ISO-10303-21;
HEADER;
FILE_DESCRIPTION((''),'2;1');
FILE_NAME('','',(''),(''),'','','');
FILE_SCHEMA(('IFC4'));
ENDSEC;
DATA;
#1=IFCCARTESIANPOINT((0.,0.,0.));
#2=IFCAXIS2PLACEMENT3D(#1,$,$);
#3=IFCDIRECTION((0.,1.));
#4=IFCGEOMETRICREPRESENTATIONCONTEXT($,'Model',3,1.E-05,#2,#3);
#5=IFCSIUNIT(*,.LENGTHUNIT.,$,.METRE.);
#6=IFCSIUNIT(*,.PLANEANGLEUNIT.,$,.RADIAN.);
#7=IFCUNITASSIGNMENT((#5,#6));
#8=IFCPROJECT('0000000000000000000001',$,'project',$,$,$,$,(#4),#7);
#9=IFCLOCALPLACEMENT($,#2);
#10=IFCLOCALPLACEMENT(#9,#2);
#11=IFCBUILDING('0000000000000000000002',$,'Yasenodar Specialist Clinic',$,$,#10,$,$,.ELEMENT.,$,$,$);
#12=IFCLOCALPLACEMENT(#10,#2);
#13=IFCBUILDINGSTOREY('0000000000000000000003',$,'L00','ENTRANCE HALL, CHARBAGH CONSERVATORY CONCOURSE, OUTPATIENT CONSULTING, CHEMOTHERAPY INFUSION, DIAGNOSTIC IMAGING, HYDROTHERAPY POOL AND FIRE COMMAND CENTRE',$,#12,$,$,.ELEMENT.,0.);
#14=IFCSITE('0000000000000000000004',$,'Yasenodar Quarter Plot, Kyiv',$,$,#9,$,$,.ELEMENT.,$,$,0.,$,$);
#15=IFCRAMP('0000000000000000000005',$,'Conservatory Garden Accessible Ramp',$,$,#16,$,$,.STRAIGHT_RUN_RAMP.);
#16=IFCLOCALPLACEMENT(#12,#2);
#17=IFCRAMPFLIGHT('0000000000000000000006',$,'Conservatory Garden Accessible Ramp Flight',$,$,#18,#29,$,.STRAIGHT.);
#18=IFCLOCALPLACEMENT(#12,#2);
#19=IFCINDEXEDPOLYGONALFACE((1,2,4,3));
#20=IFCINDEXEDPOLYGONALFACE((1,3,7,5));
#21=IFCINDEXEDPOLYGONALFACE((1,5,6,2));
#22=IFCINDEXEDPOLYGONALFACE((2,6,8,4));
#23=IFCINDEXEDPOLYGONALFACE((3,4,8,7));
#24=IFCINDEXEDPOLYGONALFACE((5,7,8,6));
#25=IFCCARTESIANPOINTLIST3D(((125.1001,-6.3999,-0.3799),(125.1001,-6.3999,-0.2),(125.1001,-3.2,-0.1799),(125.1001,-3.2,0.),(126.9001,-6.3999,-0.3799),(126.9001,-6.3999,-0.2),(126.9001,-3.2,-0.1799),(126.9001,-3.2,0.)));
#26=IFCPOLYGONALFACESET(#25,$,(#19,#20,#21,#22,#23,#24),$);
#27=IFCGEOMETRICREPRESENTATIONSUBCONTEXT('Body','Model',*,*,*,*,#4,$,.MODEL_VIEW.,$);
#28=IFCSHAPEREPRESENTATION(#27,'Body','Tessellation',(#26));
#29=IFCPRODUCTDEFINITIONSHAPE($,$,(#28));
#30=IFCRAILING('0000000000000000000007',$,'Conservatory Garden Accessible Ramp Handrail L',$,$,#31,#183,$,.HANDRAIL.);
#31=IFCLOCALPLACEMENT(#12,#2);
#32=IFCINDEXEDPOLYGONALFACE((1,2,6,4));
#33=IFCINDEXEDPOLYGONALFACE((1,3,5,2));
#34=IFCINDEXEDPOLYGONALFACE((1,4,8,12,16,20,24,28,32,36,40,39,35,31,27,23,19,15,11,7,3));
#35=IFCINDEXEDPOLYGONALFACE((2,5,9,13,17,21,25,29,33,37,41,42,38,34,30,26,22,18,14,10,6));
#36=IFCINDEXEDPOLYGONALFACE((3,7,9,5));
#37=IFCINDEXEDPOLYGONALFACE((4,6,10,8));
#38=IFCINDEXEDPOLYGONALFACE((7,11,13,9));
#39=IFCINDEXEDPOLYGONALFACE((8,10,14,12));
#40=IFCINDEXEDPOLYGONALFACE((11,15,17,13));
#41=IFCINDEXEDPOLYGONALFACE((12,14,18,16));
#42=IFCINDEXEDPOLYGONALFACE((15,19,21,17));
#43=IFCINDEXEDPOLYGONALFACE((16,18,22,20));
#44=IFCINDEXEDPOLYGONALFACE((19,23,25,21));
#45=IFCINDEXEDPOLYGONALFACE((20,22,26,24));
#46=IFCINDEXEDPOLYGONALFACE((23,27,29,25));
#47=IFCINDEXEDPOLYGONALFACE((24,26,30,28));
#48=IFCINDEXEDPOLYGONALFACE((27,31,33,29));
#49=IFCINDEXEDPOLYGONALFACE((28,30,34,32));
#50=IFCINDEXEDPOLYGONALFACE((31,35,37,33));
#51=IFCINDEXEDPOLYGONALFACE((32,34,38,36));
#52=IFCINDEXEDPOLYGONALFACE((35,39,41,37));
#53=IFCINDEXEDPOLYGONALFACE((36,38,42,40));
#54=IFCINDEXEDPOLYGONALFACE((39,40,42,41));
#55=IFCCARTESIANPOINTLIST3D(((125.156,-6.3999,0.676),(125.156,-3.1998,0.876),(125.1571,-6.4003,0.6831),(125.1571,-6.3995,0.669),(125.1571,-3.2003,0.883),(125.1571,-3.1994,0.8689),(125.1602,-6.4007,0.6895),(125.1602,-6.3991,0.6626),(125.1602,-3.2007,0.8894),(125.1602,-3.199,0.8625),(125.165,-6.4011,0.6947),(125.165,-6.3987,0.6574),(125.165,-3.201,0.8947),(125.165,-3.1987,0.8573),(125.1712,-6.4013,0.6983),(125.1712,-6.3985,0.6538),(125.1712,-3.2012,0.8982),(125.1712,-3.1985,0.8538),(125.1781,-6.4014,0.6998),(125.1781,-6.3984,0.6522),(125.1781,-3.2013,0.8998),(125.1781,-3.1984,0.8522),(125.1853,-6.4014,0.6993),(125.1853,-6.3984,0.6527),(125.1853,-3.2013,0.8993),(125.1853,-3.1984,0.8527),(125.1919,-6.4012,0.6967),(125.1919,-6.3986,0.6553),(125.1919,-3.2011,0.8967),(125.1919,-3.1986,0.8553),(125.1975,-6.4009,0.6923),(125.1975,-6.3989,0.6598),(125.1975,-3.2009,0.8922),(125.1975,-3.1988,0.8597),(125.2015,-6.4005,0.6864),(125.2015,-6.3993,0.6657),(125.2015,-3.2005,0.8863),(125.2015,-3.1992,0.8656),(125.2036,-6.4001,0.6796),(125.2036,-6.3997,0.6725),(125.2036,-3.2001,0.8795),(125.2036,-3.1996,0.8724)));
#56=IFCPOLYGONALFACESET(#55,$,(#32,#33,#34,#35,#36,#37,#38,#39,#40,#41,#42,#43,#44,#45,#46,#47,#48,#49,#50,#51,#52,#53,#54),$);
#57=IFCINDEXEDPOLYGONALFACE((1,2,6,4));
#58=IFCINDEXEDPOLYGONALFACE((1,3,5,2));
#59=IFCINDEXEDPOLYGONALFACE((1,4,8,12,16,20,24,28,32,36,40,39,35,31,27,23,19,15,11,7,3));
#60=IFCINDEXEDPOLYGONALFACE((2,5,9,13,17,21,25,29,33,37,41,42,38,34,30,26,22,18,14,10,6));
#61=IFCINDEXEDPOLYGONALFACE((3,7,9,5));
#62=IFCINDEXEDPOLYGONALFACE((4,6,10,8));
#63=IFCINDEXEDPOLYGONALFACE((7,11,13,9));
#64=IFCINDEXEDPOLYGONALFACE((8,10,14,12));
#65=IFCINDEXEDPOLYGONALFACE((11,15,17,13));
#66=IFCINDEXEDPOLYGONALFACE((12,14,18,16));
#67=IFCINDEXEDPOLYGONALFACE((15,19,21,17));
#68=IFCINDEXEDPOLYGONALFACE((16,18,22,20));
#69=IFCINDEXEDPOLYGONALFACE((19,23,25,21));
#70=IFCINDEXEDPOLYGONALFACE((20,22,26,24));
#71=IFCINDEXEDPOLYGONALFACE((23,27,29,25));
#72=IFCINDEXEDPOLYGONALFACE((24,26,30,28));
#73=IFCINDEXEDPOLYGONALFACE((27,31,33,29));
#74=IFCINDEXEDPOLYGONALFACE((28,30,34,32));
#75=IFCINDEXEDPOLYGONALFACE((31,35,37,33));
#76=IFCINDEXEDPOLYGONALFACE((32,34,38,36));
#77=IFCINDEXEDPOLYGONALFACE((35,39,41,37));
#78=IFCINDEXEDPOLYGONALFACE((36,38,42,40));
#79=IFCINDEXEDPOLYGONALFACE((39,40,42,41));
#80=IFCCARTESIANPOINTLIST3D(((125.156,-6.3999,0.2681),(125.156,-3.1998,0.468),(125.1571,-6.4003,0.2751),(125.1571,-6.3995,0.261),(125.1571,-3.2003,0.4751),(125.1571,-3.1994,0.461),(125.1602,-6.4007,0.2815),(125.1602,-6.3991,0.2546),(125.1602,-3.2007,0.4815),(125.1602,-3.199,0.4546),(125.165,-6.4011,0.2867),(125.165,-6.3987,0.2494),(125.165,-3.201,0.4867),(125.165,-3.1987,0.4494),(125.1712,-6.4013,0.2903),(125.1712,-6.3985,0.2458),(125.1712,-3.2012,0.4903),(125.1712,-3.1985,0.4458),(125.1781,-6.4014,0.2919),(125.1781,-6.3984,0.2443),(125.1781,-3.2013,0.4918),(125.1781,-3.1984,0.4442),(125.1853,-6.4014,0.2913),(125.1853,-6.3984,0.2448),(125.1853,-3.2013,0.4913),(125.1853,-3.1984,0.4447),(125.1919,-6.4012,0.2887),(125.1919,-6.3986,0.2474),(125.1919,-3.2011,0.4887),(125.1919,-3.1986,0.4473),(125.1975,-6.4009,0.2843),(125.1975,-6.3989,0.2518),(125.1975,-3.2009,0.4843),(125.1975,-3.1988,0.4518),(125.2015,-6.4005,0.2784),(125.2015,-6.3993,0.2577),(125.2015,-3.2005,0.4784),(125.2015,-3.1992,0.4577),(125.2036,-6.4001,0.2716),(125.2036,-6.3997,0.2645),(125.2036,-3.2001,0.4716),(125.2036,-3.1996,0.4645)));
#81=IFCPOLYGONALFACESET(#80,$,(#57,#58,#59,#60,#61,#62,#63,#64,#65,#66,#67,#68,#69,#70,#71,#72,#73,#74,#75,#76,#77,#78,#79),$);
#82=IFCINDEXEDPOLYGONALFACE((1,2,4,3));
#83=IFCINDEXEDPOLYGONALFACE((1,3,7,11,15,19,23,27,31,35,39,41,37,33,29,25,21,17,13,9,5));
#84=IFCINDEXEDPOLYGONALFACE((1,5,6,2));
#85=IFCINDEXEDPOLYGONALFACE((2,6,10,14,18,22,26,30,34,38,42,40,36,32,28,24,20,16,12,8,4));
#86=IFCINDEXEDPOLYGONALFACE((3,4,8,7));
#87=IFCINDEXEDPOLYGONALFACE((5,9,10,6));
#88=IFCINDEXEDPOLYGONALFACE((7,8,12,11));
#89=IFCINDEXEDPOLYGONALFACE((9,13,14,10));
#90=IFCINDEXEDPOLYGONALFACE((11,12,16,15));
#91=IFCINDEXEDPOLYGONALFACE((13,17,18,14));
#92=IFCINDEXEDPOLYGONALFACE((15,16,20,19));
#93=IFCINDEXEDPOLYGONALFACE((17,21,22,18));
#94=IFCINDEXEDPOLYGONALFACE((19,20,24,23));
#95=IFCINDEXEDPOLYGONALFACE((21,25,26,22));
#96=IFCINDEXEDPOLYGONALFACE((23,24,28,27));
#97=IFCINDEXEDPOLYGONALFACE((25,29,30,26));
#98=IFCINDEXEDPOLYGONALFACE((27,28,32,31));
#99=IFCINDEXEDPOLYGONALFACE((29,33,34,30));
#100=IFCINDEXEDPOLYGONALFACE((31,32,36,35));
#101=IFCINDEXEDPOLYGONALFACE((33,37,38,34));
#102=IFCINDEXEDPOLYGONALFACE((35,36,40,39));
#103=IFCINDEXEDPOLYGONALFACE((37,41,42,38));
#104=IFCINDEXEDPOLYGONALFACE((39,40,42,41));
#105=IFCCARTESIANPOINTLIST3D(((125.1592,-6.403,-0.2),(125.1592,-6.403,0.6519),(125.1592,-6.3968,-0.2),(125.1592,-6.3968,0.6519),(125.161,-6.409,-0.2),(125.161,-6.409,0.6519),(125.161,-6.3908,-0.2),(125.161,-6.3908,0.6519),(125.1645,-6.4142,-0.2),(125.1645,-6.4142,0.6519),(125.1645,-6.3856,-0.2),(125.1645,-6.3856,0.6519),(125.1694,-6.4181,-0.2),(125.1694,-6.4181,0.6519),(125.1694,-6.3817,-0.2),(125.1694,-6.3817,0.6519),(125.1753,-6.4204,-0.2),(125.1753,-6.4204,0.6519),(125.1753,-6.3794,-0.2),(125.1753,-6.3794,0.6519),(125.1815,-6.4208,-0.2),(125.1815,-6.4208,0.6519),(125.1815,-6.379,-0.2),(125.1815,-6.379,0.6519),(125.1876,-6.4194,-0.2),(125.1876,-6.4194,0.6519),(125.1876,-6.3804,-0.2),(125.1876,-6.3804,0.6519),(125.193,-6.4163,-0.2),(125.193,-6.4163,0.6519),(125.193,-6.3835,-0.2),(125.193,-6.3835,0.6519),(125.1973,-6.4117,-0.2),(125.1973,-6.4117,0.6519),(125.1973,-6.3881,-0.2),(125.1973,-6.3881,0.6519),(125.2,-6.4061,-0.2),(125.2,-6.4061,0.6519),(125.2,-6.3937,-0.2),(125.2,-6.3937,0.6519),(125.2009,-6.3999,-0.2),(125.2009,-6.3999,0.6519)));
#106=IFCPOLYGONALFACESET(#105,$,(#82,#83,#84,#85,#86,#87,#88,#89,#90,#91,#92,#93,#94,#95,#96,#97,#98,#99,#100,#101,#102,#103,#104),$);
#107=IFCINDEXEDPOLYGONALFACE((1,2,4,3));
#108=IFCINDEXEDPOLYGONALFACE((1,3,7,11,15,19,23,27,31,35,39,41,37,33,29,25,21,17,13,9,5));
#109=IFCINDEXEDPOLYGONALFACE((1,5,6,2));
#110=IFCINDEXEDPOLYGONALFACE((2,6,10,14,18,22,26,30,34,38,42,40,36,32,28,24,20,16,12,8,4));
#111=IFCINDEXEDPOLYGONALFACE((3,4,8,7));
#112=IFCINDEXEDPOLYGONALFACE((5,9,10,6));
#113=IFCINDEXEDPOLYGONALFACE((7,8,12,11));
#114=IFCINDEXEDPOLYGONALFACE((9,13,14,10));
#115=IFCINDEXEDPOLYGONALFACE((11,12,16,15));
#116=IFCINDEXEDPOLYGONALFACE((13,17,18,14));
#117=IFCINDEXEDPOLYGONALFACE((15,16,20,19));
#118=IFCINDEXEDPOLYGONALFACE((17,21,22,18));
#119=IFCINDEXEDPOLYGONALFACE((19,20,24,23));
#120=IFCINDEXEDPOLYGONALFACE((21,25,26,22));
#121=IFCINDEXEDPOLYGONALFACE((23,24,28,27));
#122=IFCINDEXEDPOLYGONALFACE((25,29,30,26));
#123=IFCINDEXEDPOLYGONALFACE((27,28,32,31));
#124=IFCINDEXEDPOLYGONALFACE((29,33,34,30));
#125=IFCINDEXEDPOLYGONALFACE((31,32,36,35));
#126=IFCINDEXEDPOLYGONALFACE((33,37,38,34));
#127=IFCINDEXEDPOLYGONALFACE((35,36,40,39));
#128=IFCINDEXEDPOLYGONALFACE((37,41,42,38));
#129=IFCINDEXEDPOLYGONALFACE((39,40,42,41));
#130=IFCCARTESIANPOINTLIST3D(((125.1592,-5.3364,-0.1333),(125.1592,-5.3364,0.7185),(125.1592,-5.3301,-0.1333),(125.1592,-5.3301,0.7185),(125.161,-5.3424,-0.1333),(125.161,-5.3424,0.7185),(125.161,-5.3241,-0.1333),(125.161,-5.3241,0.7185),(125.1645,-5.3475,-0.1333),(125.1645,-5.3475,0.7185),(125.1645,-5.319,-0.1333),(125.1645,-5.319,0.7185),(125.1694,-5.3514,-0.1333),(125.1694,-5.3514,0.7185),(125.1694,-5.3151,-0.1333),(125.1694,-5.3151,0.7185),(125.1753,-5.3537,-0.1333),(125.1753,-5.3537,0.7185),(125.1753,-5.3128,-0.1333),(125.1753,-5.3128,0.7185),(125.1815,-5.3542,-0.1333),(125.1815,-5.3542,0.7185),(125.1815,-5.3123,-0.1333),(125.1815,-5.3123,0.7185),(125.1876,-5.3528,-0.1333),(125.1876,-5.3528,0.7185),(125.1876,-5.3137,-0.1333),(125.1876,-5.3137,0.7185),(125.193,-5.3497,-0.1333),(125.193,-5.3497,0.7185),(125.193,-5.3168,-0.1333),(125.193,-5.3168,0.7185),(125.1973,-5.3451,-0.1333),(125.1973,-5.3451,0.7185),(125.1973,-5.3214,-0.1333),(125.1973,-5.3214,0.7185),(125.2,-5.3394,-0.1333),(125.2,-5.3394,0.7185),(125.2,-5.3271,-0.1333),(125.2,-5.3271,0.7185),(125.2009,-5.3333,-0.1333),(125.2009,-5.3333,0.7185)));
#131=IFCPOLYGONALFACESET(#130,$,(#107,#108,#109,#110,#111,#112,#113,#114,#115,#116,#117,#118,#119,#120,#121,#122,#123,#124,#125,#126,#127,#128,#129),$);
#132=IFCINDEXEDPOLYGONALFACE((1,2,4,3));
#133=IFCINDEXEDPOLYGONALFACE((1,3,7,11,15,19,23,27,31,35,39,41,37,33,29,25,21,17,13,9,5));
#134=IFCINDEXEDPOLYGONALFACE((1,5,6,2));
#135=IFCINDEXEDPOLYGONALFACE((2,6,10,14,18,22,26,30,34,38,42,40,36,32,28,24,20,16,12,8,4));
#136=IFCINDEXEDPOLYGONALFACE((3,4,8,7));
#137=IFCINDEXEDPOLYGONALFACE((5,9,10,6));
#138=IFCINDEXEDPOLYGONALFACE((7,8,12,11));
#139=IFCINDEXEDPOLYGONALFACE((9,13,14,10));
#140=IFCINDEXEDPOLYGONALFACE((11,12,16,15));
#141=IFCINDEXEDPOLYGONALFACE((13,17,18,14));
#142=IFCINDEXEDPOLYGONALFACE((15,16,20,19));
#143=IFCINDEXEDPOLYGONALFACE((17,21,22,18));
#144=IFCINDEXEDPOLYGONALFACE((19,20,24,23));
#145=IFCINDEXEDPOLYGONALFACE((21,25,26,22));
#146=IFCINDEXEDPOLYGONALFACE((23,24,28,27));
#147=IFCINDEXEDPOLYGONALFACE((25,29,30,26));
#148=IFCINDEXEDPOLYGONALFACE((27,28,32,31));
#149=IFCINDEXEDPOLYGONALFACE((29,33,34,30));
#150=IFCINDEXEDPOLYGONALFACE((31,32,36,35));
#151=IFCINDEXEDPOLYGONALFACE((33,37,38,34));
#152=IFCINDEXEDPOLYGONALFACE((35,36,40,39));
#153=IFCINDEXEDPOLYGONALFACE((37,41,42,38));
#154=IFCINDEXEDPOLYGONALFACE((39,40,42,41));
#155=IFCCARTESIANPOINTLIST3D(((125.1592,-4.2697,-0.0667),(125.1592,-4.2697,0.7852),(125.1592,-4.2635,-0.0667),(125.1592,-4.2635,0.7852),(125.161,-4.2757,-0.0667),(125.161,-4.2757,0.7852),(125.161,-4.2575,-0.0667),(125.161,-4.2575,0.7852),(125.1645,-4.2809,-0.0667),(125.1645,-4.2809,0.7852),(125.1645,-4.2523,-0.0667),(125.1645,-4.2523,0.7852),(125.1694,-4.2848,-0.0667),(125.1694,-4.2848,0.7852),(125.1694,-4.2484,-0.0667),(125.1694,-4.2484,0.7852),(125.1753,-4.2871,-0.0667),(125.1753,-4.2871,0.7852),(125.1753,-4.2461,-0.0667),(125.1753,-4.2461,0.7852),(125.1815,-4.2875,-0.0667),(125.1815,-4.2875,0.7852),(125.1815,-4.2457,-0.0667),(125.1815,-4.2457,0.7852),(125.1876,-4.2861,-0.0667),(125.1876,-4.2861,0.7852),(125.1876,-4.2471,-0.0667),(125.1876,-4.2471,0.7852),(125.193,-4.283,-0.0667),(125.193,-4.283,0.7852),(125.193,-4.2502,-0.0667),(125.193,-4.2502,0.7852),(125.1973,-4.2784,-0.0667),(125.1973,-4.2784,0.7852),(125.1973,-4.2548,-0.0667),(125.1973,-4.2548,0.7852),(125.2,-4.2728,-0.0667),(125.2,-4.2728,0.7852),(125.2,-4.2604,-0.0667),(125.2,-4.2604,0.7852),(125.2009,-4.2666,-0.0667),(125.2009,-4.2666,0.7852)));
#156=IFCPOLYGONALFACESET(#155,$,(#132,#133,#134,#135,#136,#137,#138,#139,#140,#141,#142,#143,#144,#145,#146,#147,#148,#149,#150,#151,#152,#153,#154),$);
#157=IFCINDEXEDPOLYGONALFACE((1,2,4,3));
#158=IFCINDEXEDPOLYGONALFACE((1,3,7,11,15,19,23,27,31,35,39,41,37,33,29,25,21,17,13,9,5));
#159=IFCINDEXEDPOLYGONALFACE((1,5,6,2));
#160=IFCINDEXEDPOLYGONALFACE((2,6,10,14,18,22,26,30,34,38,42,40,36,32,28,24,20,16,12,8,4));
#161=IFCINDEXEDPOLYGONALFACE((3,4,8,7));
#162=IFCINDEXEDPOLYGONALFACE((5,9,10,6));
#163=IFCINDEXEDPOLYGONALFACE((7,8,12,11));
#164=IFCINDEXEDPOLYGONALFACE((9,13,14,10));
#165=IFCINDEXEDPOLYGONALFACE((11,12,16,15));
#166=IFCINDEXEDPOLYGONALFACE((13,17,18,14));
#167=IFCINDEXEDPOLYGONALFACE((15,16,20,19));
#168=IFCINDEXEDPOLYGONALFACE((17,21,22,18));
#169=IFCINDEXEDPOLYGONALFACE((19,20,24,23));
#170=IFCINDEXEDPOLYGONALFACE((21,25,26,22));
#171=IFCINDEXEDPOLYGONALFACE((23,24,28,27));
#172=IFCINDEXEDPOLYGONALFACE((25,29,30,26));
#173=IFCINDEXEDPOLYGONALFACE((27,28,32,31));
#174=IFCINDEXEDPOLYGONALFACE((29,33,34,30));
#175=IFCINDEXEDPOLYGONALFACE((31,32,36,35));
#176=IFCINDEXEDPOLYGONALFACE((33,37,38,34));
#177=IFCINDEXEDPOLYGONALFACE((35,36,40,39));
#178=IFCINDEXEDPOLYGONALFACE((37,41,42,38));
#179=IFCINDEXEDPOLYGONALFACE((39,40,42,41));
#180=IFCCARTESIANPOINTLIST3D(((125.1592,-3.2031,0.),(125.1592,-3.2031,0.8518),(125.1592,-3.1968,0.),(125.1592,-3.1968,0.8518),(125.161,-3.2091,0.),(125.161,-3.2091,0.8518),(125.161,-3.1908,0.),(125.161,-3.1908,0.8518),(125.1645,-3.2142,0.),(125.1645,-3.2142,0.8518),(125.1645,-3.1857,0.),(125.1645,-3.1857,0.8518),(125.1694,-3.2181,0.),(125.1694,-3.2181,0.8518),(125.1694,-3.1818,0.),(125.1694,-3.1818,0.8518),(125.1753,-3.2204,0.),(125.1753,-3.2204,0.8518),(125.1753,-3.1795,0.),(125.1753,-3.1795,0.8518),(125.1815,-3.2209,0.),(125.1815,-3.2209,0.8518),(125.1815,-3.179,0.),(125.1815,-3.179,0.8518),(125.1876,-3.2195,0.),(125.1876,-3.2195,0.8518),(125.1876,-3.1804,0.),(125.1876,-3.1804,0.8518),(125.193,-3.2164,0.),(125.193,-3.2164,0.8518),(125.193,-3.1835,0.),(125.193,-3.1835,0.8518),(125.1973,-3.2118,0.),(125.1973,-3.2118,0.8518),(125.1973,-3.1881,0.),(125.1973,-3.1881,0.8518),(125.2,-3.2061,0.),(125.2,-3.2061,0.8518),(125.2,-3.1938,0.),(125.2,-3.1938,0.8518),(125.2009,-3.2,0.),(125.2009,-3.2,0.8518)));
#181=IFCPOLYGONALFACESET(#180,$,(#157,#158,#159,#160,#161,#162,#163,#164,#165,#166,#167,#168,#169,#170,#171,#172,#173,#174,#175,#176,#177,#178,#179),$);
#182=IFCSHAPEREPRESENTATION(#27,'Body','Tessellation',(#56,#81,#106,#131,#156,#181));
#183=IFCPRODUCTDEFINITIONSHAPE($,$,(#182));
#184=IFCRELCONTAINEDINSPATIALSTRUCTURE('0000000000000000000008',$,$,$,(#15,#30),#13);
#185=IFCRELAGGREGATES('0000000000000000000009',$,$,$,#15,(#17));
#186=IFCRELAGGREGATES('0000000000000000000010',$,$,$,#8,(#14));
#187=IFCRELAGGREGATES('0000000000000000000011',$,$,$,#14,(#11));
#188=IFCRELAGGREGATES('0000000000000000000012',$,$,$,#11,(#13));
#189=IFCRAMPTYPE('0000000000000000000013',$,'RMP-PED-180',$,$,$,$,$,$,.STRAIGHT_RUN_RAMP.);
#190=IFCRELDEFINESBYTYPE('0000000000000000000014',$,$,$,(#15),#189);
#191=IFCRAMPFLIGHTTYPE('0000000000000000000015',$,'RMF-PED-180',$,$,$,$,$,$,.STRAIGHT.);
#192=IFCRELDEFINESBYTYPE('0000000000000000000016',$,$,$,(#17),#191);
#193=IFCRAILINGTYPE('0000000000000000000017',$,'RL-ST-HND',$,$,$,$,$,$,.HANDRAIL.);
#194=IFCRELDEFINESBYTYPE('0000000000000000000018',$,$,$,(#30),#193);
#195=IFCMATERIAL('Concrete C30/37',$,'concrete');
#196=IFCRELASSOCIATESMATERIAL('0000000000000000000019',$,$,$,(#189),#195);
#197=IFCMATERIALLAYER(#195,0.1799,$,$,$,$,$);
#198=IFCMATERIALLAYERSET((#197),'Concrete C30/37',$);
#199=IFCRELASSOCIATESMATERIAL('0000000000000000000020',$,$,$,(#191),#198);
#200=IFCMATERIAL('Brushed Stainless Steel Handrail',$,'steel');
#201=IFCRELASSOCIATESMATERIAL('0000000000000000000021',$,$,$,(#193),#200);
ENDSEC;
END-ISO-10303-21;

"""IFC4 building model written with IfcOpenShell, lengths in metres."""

from ifc_helpers import new_model, si_unit, direction, frame, origin, origin_2d, place, context, subcontext, project, spatial, polyline, circle, outline, extrude, material, layer, layer_set, type_object, element, aggregate, save


model = new_model("IFC4")

# Units and contexts
model_context = context("Model", 3, precision=1e-05, world=origin(), true_north=direction((0.0, 1.0)))
body_context = subcontext(model_context, "Body", "Model", "MODEL_VIEW")
ifc_project = project(units=[si_unit("LENGTHUNIT", "METRE"), si_unit("PLANEANGLEUNIT", "RADIAN")], contexts=[model_context])

# Site, building, storey
site_placement = place(None, origin())
site = spatial("IfcSite", under=ifc_project, at=site_placement, Name="Yasenodar Quarter Plot, Kyiv", CompositionType="ELEMENT", RefElevation=0.0)
building_placement = place(site_placement, origin())
building = spatial("IfcBuilding", under=site, at=building_placement, Name="Yasenodar Specialist Clinic", CompositionType="ELEMENT")
storey_placement = place(building_placement, origin())
storey = spatial("IfcBuildingStorey", under=building, at=storey_placement, Name="L00", Description="ENTRANCE HALL, CHARBAGH CONSERVATORY CONCOURSE, OUTPATIENT CONSULTING, CHEMOTHERAPY INFUSION, DIAGNOSTIC IMAGING, HYDROTHERAPY POOL AND FIRE COMMAND CENTRE", CompositionType="ELEMENT", Elevation=0.0)

# Ramp, ramp flight
ifc_material_1 = material(Name="Concrete C30/37", Category="concrete")
ramp_type = type_object("IfcRampType", Name="RMP-PED-180", PredefinedType="STRAIGHT_RUN_RAMP", material=ifc_material_1)
ramp_placement = place(storey_placement, origin())
ramp = element("IfcRamp", 1, at=ramp_placement, inside=storey, type_object=ramp_type, Name="Conservatory Garden Accessible Ramp", PredefinedType="STRAIGHT_RUN_RAMP")
ifc_layer_1 = layer(ifc_material_1, 0.1799)
ifc_layer_set_1 = layer_set([ifc_layer_1], Name="Concrete C30/37")
ramp_flight_type = type_object("IfcRampFlightType", Name="RMF-PED-180", PredefinedType="STRAIGHT", material=ifc_layer_set_1)
ramp_flight_placement = place(storey_placement, frame((126.0, -6.3999, -0.2), z_axis=(0.0, 0.0, 1.0), x_axis=(0.0, 1.0, 0.0)))
ramp_flight = element("IfcRampFlight", 2, at=ramp_flight_placement, type_object=ramp_flight_type, Name="Conservatory Garden Accessible Ramp Flight", PredefinedType="STRAIGHT", context=body_context, shape_type="SweptSolid", body=[
    extrude(outline(polyline([(0.0, 0.0), (3.2, 0.2), (3.2, 0.02), (0.0, -0.1799), (0.0, 0.0)])), frame((0.0, 0.8999, 0.0), z_axis=(0.0, -1.0, 0.0), x_axis=(1.0, 0.0, 0.0)), (0.0, 0.0, 1.0), 1.8),
])
aggregate(ramp, [ramp_flight])

# Railing
ifc_material_2 = material(Name="Brushed Stainless Steel Handrail", Category="steel")
railing_type = type_object("IfcRailingType", Name="RL-ST-HND", PredefinedType="HANDRAIL", material=ifc_material_2)
for number, where, name in (
    (3, (125.1799, -6.3999, -0.2), "Conservatory Garden Accessible Ramp Handrail L"),
):
    element("IfcRailing", number, at=place(storey_placement, frame(where)), inside=storey, type_object=railing_type, Name=name, PredefinedType="HANDRAIL", context=body_context, shape_type="SweptSolid", body=[
        extrude(circle(Radius=0.0239, at=origin_2d()), frame((0.0, 0.0, 0.876), z_axis=(0.0, 0.998053, 0.062364), x_axis=(-1.0, 0.0, 0.0)), (0.0, 0.0, 1.0), 3.2063),
        extrude(circle(Radius=0.0239, at=origin_2d()), frame((0.0, 0.0, 0.468), z_axis=(0.0, 0.998053, 0.062364), x_axis=(-1.0, 0.0, 0.0)), (0.0, 0.0, 1.0), 3.2063),
        extrude(circle(Radius=0.021, at=origin_2d()), origin(), (0.0, 0.0, 1.0), 0.8518),
        extrude(circle(Radius=0.021, at=origin_2d()), frame((0.0, 1.0667, 0.0667)), (0.0, 0.0, 1.0), 0.8518),
        extrude(circle(Radius=0.021, at=origin_2d()), frame((0.0, 2.1333, 0.1333)), (0.0, 0.0, 1.0), 0.8518),
        extrude(circle(Radius=0.021, at=origin_2d()), frame((0.0, 3.2, 0.2)), (0.0, 0.0, 1.0), 0.8518),
    ])

save(model, "model.ifc")
